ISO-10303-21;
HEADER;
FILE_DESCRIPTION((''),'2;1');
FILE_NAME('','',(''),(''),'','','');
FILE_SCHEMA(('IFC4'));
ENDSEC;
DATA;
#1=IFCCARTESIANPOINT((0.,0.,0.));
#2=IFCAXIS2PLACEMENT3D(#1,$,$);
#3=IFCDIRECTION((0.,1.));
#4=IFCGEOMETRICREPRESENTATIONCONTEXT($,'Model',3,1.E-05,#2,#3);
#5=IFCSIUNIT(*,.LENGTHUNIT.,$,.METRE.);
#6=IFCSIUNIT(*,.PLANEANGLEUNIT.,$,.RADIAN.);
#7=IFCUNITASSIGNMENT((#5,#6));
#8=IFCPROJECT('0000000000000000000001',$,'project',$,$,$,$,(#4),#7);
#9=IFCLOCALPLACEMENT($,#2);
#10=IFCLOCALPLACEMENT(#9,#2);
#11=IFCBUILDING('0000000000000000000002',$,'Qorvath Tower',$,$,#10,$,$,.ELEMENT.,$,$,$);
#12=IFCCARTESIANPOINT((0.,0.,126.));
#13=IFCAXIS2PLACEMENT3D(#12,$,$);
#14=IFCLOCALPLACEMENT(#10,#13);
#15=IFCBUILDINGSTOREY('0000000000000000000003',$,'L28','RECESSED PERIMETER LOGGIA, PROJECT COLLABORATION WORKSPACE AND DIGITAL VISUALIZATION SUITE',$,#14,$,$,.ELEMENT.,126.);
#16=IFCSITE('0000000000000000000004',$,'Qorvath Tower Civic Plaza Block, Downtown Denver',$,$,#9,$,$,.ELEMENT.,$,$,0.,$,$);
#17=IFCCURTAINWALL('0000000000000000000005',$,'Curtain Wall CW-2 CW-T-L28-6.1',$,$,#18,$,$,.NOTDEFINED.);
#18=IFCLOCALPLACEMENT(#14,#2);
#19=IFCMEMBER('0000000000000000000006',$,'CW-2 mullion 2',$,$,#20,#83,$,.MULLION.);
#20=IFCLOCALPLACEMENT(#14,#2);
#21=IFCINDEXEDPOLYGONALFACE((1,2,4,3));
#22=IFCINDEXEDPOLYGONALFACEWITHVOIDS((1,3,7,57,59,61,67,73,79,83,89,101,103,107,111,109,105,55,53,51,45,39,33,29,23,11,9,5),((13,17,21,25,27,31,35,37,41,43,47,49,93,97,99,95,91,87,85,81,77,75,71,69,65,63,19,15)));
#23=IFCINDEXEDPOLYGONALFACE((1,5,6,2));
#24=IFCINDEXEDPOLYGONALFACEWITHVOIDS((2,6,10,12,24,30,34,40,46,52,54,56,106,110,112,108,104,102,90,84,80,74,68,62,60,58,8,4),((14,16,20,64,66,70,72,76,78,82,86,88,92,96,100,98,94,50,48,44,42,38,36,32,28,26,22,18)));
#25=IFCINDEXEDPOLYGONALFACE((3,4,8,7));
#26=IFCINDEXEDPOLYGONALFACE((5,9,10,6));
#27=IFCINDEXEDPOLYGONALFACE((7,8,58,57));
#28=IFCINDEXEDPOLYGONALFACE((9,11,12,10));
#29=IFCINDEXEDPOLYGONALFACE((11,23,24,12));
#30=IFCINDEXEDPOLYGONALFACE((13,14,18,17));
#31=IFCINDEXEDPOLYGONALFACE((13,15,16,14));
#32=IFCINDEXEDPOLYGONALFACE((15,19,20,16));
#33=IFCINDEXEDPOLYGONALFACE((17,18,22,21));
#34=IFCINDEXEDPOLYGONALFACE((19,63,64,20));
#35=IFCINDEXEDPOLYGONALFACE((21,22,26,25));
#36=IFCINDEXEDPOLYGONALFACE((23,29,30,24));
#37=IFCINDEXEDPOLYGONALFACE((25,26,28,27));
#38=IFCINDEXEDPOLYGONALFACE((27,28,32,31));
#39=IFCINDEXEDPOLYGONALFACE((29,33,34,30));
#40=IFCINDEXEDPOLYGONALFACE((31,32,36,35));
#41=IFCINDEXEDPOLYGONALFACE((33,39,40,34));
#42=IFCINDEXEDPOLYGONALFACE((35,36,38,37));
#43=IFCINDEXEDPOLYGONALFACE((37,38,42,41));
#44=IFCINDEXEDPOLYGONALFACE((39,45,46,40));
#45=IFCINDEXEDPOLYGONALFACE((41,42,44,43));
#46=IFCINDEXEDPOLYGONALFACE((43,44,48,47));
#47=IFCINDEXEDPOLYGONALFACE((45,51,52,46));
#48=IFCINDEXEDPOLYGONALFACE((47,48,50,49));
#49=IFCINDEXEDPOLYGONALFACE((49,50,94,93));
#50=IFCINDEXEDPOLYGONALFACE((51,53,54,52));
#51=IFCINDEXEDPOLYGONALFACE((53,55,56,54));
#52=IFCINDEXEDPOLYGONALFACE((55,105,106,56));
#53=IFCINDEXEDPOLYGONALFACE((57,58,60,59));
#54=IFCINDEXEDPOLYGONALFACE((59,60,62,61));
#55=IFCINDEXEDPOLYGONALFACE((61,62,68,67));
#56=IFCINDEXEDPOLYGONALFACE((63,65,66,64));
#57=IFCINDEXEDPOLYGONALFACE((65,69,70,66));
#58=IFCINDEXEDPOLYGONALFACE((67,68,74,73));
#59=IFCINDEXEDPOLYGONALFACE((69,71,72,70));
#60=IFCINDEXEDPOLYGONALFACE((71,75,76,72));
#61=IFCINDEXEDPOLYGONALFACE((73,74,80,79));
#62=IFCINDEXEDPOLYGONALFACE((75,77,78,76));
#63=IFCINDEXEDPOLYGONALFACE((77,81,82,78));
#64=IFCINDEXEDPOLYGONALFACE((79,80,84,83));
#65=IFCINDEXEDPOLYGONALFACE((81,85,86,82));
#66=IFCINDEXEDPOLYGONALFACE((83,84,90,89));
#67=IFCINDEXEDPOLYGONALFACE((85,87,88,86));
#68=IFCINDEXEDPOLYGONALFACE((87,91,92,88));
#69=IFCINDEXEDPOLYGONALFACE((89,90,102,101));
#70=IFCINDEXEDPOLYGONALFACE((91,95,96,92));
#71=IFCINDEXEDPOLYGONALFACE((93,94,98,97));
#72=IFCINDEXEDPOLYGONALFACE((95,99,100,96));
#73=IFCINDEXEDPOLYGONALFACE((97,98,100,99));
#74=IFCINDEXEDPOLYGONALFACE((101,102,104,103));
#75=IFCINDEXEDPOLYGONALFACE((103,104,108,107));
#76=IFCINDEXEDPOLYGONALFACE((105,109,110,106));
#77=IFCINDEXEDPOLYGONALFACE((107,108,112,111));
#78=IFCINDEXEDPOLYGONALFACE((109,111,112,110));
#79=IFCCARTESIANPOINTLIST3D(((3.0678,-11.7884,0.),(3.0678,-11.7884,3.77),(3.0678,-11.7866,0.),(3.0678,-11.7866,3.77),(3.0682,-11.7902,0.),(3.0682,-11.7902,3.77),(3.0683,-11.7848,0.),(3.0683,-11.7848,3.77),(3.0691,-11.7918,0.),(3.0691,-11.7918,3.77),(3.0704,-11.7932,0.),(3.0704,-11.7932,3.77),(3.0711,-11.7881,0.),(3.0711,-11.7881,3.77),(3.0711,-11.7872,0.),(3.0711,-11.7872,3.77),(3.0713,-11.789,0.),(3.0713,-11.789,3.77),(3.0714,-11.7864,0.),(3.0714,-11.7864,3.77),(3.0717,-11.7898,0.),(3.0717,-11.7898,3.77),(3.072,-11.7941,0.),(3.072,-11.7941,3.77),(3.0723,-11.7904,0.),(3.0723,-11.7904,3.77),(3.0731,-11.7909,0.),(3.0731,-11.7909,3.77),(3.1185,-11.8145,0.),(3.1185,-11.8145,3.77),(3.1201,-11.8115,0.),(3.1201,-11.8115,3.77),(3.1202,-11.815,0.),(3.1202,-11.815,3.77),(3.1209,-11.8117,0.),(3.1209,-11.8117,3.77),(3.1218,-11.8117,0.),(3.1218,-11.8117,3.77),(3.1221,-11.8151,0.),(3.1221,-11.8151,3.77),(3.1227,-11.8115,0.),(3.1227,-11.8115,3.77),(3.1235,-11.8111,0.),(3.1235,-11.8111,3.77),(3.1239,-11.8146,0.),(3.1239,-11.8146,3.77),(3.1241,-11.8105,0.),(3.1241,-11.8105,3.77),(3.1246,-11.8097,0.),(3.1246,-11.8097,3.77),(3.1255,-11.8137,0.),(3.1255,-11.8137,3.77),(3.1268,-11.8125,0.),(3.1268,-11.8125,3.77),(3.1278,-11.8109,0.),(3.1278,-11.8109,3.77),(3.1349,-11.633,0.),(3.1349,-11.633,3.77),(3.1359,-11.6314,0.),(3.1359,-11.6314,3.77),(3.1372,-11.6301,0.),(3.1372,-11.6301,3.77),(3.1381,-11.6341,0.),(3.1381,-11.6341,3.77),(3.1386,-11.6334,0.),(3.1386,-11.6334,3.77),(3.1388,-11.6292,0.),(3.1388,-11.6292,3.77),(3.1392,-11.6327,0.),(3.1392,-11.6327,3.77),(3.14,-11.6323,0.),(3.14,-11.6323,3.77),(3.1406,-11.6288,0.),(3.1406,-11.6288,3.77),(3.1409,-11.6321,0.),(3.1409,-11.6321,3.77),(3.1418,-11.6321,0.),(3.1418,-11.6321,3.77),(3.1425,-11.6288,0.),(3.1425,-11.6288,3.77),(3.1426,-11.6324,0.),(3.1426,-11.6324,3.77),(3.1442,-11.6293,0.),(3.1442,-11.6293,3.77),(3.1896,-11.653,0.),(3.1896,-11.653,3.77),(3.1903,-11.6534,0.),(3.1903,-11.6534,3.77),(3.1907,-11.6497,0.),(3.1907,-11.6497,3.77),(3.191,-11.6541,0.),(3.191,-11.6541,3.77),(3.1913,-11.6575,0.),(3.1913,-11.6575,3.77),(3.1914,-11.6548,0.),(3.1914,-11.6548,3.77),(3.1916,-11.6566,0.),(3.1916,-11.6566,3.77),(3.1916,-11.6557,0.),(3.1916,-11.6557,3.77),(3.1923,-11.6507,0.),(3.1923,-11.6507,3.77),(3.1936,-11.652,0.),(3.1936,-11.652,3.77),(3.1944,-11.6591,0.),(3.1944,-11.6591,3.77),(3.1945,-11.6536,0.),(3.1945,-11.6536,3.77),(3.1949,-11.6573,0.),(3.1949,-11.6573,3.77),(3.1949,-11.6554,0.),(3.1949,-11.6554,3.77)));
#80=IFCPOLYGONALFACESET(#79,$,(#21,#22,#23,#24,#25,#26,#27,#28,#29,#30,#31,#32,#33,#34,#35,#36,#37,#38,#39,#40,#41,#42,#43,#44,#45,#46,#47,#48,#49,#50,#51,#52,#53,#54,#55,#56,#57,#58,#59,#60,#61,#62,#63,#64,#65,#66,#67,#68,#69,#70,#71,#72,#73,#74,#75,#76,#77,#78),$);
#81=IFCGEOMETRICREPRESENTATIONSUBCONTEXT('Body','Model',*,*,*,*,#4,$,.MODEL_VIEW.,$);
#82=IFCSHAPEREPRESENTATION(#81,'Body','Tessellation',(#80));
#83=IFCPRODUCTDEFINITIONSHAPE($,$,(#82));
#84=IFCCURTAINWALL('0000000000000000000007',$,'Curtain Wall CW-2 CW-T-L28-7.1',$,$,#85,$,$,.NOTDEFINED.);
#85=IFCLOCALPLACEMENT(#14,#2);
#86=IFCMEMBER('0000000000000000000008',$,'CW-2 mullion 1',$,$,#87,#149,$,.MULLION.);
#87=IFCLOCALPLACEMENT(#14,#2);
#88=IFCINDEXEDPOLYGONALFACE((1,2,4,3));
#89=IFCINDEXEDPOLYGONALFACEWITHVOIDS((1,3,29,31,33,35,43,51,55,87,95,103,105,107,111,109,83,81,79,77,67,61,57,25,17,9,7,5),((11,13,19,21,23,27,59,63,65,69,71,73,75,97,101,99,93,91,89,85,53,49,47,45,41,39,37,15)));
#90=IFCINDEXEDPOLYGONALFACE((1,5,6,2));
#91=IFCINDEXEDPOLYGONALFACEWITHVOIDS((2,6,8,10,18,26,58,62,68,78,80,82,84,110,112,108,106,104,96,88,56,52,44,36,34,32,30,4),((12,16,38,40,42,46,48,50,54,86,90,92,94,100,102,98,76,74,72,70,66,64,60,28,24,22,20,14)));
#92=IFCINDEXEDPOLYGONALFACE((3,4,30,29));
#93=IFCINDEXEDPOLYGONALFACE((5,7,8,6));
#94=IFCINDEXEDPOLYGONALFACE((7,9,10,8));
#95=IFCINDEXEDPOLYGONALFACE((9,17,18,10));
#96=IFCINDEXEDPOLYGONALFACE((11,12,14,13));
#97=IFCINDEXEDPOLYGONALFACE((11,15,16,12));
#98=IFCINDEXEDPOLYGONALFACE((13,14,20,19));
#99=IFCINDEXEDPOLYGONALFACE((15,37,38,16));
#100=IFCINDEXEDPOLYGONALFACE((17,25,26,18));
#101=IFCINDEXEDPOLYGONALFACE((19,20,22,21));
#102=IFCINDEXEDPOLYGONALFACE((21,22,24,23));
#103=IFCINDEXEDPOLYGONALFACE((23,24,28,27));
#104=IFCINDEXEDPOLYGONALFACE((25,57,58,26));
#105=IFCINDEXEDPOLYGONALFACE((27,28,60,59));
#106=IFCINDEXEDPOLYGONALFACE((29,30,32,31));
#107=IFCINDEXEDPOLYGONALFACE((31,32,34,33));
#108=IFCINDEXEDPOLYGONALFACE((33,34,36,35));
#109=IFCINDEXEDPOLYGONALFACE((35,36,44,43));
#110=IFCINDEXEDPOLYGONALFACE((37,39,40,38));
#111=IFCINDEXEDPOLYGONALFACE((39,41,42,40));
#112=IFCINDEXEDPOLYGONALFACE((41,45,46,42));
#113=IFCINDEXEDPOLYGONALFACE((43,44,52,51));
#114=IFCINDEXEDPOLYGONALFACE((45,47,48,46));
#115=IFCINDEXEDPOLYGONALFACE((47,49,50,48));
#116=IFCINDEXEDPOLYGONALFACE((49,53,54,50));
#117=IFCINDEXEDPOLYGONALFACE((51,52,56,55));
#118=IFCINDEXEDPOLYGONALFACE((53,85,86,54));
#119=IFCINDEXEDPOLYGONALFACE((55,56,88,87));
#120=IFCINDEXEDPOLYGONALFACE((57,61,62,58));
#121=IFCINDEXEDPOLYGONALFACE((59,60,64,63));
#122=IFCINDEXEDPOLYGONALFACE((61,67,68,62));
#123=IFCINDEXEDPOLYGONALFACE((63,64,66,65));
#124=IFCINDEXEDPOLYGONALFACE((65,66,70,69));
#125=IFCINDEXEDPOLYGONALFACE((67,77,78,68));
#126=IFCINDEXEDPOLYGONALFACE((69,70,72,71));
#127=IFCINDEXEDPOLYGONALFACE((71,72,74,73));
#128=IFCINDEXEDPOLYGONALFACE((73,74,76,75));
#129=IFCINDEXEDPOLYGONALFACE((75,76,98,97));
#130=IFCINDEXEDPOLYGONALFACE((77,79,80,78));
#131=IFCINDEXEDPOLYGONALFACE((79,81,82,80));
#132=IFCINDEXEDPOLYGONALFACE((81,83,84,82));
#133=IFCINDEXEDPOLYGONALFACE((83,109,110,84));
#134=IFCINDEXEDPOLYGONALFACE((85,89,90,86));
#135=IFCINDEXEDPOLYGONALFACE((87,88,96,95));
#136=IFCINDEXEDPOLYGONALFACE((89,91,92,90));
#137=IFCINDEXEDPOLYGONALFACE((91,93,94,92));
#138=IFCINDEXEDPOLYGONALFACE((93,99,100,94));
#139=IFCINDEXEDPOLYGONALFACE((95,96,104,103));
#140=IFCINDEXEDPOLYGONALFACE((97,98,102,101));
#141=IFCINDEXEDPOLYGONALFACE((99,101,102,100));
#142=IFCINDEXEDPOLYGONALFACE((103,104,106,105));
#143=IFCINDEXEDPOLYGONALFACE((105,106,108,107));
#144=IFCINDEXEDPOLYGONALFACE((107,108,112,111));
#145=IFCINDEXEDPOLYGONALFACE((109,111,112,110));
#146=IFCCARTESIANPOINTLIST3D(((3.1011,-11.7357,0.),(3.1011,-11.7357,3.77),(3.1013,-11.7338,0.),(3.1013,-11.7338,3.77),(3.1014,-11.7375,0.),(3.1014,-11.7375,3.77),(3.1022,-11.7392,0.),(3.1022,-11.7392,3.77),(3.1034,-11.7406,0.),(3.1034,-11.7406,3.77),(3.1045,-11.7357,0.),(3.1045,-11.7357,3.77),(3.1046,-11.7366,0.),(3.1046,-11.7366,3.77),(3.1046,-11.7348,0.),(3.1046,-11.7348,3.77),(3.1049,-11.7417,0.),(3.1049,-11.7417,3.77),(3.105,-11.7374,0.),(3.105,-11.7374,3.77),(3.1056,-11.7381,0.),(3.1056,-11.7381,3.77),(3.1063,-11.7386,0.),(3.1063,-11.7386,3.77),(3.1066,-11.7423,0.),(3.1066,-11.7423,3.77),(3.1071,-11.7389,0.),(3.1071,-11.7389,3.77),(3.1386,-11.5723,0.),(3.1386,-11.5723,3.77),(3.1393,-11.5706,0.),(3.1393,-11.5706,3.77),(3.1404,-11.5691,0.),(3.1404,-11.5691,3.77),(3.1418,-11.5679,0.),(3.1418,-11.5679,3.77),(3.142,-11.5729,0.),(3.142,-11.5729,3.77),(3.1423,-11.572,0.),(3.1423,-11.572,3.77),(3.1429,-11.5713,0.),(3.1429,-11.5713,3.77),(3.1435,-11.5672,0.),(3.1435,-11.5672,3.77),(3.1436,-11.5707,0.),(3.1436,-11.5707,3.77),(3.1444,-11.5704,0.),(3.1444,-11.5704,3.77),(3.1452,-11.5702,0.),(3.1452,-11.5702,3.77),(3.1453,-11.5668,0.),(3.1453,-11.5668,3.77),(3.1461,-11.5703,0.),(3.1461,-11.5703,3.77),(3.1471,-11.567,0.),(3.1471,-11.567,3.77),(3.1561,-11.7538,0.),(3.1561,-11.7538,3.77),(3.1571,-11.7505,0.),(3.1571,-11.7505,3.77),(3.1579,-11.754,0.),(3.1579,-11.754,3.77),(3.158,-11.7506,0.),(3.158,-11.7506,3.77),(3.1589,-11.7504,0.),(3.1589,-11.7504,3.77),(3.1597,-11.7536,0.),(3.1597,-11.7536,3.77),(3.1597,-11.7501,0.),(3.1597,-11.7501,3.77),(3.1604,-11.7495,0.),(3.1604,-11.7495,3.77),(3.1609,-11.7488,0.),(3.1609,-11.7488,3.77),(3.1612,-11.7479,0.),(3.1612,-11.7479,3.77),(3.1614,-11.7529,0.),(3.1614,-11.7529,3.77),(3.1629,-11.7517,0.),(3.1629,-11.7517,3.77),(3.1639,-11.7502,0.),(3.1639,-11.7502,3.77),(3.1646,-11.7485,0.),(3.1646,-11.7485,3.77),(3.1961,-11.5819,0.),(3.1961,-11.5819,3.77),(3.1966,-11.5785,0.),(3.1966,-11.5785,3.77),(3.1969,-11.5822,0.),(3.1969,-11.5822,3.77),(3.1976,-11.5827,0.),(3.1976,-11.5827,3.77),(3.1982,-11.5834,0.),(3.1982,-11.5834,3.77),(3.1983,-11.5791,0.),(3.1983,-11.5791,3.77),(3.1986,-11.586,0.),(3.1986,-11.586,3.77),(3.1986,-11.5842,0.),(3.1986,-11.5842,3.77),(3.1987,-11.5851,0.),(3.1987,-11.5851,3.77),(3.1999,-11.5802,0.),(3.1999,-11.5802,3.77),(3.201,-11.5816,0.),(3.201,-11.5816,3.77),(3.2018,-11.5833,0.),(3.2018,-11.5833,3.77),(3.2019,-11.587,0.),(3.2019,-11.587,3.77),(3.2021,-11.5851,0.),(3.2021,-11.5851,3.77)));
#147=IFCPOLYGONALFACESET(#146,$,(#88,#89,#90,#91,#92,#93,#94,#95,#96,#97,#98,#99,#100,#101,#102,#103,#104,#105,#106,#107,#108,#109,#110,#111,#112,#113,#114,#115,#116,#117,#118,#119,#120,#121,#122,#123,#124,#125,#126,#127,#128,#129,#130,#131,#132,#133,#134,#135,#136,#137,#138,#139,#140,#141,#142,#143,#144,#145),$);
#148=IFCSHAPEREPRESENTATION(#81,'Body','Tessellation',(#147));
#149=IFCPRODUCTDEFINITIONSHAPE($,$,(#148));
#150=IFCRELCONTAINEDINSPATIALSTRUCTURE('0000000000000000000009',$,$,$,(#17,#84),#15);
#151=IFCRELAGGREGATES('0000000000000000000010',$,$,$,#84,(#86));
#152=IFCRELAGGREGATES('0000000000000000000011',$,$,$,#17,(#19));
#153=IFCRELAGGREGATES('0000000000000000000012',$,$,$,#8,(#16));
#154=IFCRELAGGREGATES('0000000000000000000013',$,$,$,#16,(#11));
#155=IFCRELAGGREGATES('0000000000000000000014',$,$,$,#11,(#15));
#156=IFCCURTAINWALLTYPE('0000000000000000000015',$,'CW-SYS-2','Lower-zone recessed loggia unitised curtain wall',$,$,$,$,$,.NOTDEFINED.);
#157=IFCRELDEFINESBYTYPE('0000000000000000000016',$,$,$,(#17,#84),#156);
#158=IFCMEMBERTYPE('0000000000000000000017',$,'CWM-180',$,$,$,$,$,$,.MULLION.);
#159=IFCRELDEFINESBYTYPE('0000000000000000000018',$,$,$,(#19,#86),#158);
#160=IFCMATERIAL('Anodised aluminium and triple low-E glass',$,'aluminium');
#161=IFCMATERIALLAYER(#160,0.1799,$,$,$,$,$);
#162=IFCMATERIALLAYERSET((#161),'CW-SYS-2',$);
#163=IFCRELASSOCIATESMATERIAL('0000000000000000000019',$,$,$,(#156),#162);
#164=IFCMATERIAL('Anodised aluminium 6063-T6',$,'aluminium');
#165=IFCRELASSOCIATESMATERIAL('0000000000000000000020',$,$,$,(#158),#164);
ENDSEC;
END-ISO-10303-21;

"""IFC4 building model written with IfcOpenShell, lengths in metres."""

from ifc_helpers import new_model, si_unit, direction, frame, origin, origin_2d, place, context, subcontext, project, spatial, hollow_rectangle, extrude, material, layer, layer_set, material_profile, profile_set, type_object, element, aggregate, save


model = new_model("IFC4")

# Units and contexts
model_context = context("Model", 3, precision=1e-05, world=origin(), true_north=direction((0.0, 1.0)))
body_context = subcontext(model_context, "Body", "Model", "MODEL_VIEW")
ifc_project = project(units=[si_unit("LENGTHUNIT", "METRE"), si_unit("PLANEANGLEUNIT", "RADIAN")], contexts=[model_context])

# Site, building, storey
site_placement = place(None, origin())
site = spatial("IfcSite", under=ifc_project, at=site_placement, Name="Qorvath Tower Civic Plaza Block, Downtown Denver", CompositionType="ELEMENT", RefElevation=0.0)
building_placement = place(site_placement, origin())
building = spatial("IfcBuilding", under=site, at=building_placement, Name="Qorvath Tower", CompositionType="ELEMENT")
storey_placement = place(building_placement, frame((0.0, 0.0, 126.0)))
storey = spatial("IfcBuildingStorey", under=building, at=storey_placement, Name="L28", Description="RECESSED PERIMETER LOGGIA, PROJECT COLLABORATION WORKSPACE AND DIGITAL VISUALIZATION SUITE", CompositionType="ELEMENT", Elevation=126.0)

# Curtain wall, member
ifc_material_1 = material(Name="Anodised aluminium and triple low-E glass", Category="aluminium")
ifc_layer_1 = layer(ifc_material_1, 0.1799)
ifc_layer_set_1 = layer_set([ifc_layer_1], Name="CW-SYS-2")
curtain_wall_type = type_object("IfcCurtainWallType", Name="CW-SYS-2", Description="Lower-zone recessed loggia unitised curtain wall", PredefinedType="NOTDEFINED", material=ifc_layer_set_1)
ifc_material_2 = material(Name="Anodised aluminium 6063-T6", Category="aluminium")
ifc_material_profile_1 = material_profile(ifc_material_2, hollow_rectangle(XDim=0.0649, YDim=0.1799, WallThickness=0.0034, InnerFilletRadius=0.0034, OuterFilletRadius=0.0071, at=origin_2d()), Name="CWM 180x65")
ifc_profile_set_1 = profile_set([ifc_material_profile_1], Name="Anodised aluminium 6063-T6")
member_type_1 = type_object("IfcMemberType", Name="CWM-180", PredefinedType="MULLION", material=ifc_profile_set_1)
curtain_wall_1_placement = place(storey_placement, origin())
curtain_wall_1 = element("IfcCurtainWall", 1, at=curtain_wall_1_placement, inside=storey, type_object=curtain_wall_type, Name="Curtain Wall CW-2 CW-T-L28-6.1", PredefinedType="NOTDEFINED")
member_1_placement = place(storey_placement, frame((3.1313, -11.7219, 0.0), z_axis=(0.0, 0.0, 1.0), x_axis=(-0.915794, 0.401649, 0.0)))
member_1 = element("IfcMember", 2, at=member_1_placement, type_object=member_type_1, Name="CW-2 mullion 2", PredefinedType="MULLION", context=body_context, shape_type="SweptSolid", body=[
    extrude(hollow_rectangle(XDim=0.0649, YDim=0.1799, WallThickness=0.0034, InnerFilletRadius=0.0034, OuterFilletRadius=0.0071, at=origin_2d()), origin(), (0.0, 0.0, 1.0), 3.77),
])

# Curtain wall, member
curtain_wall_2_placement = place(storey_placement, origin())
curtain_wall_2 = element("IfcCurtainWall", 3, at=curtain_wall_2_placement, inside=storey, type_object=curtain_wall_type, Name="Curtain Wall CW-2 CW-T-L28-7.1", PredefinedType="NOTDEFINED")
member_2_placement = place(storey_placement, frame((3.1516, -11.6604, 0.0), z_axis=(0.0, 0.0, 1.0), x_axis=(-0.974296, 0.22527, 0.0)))
member_2 = element("IfcMember", 4, at=member_2_placement, type_object=member_type_1, Name="CW-2 mullion 1", PredefinedType="MULLION", context=body_context, shape_type="SweptSolid", body=[
    extrude(hollow_rectangle(XDim=0.0649, YDim=0.1799, WallThickness=0.0034, InnerFilletRadius=0.0034, OuterFilletRadius=0.0071, at=origin_2d()), origin(), (0.0, 0.0, 1.0), 3.77),
])

aggregate(curtain_wall_2, [member_2])

aggregate(curtain_wall_1, [member_1])

save(model, "model.ifc")
